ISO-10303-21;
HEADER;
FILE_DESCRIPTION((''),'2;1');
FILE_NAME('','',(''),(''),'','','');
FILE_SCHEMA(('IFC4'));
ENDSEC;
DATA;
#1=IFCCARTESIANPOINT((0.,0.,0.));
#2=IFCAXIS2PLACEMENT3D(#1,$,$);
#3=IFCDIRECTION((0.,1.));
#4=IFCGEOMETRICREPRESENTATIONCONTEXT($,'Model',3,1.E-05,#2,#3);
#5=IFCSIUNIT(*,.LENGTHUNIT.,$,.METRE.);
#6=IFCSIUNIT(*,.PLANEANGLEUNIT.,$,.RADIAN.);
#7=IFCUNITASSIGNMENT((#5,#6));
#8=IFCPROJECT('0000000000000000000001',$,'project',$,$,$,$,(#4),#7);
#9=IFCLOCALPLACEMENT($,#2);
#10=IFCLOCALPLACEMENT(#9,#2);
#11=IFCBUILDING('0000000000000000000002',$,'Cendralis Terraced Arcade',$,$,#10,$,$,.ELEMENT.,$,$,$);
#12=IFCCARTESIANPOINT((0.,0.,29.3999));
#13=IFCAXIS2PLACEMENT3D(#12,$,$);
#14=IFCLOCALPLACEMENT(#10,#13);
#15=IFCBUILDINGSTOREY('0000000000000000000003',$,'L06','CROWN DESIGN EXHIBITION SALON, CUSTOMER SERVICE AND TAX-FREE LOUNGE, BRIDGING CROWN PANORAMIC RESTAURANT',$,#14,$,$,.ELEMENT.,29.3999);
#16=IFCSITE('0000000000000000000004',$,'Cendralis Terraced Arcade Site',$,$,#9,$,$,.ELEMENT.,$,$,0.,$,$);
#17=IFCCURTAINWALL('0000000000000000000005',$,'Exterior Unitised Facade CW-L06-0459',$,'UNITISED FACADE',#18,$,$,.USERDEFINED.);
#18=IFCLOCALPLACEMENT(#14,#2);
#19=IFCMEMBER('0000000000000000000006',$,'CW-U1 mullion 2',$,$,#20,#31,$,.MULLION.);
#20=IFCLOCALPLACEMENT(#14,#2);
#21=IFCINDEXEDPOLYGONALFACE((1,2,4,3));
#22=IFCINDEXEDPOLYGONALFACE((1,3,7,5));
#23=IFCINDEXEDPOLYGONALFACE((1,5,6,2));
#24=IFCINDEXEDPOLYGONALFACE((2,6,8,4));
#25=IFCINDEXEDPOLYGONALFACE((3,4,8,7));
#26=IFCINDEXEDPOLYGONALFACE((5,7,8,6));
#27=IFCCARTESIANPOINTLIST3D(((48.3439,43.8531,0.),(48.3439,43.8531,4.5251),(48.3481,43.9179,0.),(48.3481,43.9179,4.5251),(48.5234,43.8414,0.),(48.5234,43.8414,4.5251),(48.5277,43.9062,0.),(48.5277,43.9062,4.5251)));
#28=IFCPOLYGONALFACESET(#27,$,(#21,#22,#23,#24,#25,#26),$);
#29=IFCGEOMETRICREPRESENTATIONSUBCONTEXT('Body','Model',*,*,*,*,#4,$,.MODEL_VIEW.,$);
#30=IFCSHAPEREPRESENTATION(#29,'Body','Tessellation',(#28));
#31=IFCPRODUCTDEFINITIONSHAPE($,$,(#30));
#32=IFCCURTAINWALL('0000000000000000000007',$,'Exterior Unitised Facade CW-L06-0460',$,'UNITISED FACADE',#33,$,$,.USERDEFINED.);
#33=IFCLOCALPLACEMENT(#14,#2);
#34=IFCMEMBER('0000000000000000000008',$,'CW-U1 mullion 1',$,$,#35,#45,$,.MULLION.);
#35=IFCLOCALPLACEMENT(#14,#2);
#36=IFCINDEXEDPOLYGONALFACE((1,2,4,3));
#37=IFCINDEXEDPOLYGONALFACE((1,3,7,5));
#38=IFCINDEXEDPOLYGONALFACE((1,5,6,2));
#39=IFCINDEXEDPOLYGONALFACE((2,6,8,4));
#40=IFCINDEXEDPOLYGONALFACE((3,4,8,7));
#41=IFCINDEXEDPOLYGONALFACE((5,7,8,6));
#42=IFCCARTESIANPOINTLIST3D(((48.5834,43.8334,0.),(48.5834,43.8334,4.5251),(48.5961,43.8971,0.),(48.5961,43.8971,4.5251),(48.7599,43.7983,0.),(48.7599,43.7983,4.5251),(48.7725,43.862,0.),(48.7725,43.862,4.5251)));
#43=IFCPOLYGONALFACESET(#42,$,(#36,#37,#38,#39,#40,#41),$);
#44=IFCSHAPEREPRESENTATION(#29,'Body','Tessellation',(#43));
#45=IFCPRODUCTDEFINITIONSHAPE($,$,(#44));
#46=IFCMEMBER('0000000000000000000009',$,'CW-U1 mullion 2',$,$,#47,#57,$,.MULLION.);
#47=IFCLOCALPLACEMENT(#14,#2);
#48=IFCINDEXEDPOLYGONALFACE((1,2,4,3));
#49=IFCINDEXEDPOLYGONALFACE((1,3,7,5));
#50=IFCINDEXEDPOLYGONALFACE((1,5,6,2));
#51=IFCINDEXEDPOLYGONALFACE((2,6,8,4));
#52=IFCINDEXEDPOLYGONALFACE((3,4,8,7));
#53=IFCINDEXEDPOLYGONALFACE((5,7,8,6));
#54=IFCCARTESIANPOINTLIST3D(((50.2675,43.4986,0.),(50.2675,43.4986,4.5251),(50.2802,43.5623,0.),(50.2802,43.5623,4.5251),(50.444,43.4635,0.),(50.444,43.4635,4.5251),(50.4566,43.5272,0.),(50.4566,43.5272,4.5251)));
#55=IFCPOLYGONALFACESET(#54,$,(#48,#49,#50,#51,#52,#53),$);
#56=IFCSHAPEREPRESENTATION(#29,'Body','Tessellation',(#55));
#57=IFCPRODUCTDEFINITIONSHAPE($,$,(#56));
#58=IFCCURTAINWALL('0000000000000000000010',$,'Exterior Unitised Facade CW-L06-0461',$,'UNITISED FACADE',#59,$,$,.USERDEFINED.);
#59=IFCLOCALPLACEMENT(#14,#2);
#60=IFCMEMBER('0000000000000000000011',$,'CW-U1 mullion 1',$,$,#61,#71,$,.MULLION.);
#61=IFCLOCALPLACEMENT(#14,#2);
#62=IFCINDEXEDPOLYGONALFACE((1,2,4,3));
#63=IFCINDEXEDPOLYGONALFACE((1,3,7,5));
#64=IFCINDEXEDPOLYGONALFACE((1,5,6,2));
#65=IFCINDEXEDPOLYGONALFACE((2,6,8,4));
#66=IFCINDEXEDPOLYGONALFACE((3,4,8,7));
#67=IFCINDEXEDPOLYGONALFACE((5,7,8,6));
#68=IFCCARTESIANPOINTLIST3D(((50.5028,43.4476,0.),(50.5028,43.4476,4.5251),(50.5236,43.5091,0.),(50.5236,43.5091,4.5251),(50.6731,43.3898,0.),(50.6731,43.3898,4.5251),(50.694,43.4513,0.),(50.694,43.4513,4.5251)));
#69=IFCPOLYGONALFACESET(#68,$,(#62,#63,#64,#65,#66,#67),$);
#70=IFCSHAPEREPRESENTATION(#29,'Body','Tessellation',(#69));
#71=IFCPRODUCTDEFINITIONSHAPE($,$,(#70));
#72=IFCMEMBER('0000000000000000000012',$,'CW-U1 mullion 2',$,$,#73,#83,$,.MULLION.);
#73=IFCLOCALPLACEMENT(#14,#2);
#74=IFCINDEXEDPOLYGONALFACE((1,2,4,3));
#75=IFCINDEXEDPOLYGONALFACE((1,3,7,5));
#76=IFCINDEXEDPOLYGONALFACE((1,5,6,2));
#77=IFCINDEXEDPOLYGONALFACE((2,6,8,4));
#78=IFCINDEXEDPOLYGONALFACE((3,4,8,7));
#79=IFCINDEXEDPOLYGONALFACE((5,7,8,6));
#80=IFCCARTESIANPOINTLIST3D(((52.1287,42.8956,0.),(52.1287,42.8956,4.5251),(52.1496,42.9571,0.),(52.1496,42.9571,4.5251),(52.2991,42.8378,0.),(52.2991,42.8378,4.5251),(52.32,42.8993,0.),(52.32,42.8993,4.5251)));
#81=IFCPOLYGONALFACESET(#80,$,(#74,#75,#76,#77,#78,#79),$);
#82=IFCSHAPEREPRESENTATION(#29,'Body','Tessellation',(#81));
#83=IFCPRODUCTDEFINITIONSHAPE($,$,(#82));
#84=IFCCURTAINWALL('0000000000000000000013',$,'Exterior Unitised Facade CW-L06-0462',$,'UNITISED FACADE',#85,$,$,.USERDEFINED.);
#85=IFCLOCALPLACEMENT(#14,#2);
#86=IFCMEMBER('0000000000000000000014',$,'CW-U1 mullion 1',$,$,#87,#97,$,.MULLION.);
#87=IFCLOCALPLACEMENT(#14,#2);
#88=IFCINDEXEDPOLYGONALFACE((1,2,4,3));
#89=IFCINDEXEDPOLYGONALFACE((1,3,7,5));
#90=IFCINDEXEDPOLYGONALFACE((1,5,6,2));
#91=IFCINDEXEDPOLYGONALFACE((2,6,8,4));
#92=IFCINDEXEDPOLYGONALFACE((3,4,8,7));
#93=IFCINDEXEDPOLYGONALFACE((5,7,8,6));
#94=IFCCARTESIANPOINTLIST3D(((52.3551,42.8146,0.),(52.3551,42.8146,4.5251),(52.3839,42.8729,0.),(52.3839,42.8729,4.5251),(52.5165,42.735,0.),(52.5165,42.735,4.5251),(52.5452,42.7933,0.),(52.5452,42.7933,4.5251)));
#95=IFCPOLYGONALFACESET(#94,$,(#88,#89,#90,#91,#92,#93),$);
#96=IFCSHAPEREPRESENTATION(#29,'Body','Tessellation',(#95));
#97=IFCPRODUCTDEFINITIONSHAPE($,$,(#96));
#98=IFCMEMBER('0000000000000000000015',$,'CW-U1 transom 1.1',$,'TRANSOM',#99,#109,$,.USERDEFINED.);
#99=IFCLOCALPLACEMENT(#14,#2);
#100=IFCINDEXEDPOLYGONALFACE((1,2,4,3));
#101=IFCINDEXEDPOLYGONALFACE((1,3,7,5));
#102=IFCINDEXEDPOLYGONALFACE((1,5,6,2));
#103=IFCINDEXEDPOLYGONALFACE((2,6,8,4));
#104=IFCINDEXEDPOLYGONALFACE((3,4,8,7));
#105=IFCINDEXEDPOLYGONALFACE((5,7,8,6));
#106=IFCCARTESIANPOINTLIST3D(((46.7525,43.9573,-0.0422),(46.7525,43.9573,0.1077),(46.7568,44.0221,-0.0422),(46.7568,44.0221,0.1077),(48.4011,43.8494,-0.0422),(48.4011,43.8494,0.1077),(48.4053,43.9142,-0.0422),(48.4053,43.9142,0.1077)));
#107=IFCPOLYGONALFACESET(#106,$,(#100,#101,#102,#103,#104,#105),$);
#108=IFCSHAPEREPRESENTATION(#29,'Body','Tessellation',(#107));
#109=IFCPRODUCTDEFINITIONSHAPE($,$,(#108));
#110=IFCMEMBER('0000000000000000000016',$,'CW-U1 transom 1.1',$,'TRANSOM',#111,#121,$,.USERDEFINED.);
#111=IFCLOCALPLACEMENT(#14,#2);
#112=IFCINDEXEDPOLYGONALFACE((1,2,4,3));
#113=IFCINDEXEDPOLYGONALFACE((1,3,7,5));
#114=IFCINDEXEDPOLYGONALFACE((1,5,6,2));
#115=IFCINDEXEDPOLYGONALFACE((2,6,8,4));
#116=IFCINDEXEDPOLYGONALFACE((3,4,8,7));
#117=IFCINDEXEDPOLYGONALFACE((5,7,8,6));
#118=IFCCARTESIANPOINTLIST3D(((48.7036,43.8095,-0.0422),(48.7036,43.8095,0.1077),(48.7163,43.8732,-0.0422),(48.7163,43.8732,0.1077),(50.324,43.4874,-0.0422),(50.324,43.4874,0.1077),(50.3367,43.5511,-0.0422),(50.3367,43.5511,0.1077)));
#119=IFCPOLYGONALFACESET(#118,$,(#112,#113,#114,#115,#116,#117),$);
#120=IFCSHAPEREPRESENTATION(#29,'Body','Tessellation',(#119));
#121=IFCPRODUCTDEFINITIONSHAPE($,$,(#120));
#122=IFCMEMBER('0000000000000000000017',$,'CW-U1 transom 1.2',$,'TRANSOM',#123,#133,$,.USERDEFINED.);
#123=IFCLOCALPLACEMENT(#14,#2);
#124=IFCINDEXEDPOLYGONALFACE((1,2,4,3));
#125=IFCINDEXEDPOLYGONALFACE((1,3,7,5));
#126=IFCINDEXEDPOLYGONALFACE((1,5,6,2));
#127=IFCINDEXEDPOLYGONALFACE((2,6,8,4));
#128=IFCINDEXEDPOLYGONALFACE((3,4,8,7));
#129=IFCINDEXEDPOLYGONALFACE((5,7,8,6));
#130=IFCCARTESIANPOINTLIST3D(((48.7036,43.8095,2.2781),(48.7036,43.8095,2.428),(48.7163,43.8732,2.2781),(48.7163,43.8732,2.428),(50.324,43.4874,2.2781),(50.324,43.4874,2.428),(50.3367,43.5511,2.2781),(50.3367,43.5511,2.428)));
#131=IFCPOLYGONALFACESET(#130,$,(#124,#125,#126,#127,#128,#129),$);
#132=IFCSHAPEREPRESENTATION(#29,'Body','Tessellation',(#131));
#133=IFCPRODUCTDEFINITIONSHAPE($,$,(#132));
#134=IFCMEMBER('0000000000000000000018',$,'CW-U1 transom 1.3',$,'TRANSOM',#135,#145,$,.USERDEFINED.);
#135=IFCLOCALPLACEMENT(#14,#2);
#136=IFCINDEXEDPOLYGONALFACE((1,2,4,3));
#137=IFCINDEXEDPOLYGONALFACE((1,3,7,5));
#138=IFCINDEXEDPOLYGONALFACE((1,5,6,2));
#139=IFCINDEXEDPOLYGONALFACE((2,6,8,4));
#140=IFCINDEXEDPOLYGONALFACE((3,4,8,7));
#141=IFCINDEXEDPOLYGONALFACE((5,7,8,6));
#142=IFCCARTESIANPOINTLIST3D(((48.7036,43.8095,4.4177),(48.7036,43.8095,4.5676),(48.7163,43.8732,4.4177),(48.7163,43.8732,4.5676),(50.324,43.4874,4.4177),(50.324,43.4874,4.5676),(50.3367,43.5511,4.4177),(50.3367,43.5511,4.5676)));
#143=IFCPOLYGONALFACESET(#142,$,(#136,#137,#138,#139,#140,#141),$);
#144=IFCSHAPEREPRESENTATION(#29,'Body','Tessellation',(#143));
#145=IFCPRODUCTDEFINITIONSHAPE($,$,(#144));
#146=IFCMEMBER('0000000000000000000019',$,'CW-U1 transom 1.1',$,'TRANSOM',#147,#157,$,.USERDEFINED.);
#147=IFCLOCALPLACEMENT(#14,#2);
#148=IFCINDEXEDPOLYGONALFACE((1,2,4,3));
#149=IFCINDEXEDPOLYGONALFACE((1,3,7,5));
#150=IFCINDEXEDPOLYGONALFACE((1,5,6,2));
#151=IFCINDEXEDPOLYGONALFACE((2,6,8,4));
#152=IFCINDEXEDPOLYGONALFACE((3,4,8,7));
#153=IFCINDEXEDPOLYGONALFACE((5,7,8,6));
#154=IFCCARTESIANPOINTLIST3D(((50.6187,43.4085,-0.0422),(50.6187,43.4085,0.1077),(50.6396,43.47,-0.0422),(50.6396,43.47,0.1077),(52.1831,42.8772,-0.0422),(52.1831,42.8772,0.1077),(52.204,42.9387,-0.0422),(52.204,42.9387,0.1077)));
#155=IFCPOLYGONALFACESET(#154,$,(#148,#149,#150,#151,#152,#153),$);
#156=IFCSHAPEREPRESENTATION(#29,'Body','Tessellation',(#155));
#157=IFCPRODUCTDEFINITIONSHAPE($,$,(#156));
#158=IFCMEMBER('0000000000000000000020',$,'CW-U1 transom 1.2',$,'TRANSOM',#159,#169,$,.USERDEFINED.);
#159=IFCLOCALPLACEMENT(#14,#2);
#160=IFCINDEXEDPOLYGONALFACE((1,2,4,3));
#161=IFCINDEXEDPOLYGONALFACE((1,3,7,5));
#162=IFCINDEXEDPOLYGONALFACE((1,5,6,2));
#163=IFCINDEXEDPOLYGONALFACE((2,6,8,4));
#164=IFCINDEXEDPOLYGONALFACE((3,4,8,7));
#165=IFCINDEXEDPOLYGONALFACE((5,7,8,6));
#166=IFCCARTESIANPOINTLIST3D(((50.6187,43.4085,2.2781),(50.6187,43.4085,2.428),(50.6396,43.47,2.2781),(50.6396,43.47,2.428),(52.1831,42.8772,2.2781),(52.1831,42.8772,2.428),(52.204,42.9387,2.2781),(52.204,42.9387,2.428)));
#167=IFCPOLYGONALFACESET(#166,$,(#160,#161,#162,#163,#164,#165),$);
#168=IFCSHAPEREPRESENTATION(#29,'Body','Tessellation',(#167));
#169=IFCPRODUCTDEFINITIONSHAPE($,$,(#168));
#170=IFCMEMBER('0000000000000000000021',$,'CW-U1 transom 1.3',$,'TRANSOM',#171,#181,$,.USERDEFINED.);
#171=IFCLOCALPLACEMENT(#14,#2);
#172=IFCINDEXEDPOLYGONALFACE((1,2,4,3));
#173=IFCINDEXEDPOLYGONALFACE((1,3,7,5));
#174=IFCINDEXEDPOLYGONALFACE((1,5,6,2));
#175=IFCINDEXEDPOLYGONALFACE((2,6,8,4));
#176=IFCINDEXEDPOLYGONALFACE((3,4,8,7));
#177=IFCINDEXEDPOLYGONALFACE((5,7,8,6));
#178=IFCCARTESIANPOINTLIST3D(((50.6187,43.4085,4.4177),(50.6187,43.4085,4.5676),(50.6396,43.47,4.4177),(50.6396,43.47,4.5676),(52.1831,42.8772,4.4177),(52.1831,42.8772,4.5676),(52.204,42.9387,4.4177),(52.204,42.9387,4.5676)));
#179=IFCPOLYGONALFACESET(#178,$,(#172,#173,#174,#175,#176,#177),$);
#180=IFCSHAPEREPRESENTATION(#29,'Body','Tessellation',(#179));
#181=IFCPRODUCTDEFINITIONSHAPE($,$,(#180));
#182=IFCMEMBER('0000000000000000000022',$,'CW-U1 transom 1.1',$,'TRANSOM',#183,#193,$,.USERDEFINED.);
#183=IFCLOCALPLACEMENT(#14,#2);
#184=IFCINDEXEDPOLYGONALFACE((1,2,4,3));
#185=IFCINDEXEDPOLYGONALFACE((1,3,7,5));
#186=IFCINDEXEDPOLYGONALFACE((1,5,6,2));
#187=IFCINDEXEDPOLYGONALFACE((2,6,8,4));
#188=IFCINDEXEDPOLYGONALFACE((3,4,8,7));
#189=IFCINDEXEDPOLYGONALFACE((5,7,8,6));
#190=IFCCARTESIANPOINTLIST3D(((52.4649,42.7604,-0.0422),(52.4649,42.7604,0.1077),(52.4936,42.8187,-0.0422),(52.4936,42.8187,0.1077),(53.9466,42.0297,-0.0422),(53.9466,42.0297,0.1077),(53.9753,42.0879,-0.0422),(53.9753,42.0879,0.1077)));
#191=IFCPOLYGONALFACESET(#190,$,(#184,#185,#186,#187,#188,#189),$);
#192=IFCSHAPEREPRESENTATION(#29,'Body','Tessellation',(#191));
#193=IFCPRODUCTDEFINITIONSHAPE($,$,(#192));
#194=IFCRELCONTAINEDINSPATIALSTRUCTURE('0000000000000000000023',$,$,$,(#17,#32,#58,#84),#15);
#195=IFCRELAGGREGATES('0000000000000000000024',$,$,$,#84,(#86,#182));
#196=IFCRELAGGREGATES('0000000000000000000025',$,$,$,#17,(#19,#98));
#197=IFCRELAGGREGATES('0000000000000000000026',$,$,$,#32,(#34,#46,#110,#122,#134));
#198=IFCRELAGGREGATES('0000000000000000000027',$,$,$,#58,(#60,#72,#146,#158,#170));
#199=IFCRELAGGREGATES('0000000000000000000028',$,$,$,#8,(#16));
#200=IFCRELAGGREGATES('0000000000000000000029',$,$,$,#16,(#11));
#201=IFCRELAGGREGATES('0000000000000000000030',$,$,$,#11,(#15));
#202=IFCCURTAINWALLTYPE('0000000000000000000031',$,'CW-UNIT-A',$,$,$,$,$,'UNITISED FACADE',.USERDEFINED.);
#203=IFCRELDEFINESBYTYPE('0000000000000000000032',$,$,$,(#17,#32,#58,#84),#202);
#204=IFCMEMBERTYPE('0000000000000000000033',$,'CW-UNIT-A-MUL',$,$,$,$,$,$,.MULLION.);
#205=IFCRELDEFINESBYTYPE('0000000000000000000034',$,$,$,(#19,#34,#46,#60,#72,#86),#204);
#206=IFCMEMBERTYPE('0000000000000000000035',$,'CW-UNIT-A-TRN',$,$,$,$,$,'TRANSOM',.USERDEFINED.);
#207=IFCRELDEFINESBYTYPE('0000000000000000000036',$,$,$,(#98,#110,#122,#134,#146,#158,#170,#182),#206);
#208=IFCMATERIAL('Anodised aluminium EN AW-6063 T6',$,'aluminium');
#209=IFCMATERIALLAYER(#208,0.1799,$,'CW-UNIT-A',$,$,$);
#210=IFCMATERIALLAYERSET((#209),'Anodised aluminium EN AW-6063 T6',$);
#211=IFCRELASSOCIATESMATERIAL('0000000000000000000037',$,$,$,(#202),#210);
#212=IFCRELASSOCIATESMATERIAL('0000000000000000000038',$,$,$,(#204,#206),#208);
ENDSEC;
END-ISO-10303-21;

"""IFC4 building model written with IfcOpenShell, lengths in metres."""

from ifc_helpers import new_model, si_unit, direction, frame, origin, origin_2d, place, context, subcontext, project, spatial, rectangle, extrude, material, layer, layer_set, material_profile, profile_set, type_object, element, aggregate, save


model = new_model("IFC4")

# Units and contexts
model_context = context("Model", 3, precision=1e-05, world=origin(), true_north=direction((0.0, 1.0)))
body_context = subcontext(model_context, "Body", "Model", "MODEL_VIEW")
ifc_project = project(units=[si_unit("LENGTHUNIT", "METRE"), si_unit("PLANEANGLEUNIT", "RADIAN")], contexts=[model_context])

# Site, building, storey
site_placement = place(None, origin())
site = spatial("IfcSite", under=ifc_project, at=site_placement, Name="Cendralis Terraced Arcade Site", CompositionType="ELEMENT", RefElevation=0.0)
building_placement = place(site_placement, origin())
building = spatial("IfcBuilding", under=site, at=building_placement, Name="Cendralis Terraced Arcade", CompositionType="ELEMENT")
storey_placement = place(building_placement, frame((0.0, 0.0, 29.3999)))
storey = spatial("IfcBuildingStorey", under=building, at=storey_placement, Name="L06", Description="CROWN DESIGN EXHIBITION SALON, CUSTOMER SERVICE AND TAX-FREE LOUNGE, BRIDGING CROWN PANORAMIC RESTAURANT", CompositionType="ELEMENT", Elevation=29.3999)

# Curtain wall, member
ifc_material_1 = material(Name="Anodised aluminium EN AW-6063 T6", Category="aluminium")
ifc_layer_1 = layer(ifc_material_1, 0.1799, Name="CW-UNIT-A")
ifc_layer_set_1 = layer_set([ifc_layer_1], Name="Anodised aluminium EN AW-6063 T6")
curtain_wall_type = type_object("IfcCurtainWallType", Name="CW-UNIT-A", ElementType="UNITISED FACADE", PredefinedType="USERDEFINED", material=ifc_layer_set_1)
curtain_wall_1_placement = place(storey_placement, origin())
curtain_wall_1 = element("IfcCurtainWall", 1, at=curtain_wall_1_placement, inside=storey, type_object=curtain_wall_type, Name="Exterior Unitised Facade CW-L06-0459", ObjectType="UNITISED FACADE", PredefinedType="USERDEFINED")
ifc_material_profile_1 = material_profile(ifc_material_1, rectangle(XDim=0.0649, YDim=0.1799, at=origin_2d()), Name="ALU-MUL-65x180")
ifc_profile_set_1 = profile_set([ifc_material_profile_1], Name="Anodised aluminium EN AW-6063 T6")
member_type_1 = type_object("IfcMemberType", Name="CW-UNIT-A-MUL", PredefinedType="MULLION", material=ifc_profile_set_1)
member_1_placement = place(storey_placement, frame((48.4358, 43.8796, 0.0), z_axis=(0.0, 0.0, 1.0), x_axis=(0.065372, 0.997861, 0.0)))
member_1 = element("IfcMember", 2, at=member_1_placement, type_object=member_type_1, Name="CW-U1 mullion 2", PredefinedType="MULLION", context=body_context, shape_type="SweptSolid", body=[
    extrude(rectangle(XDim=0.0649, YDim=0.1799, at=origin_2d()), origin(), (0.0, 0.0, 1.0), 4.5251),
])

# Curtain walls, members
curtain_wall_2_placement = place(storey_placement, origin())
curtain_wall_2 = element("IfcCurtainWall", 3, at=curtain_wall_2_placement, inside=storey, type_object=curtain_wall_type, Name="Exterior Unitised Facade CW-L06-0460", ObjectType="UNITISED FACADE", PredefinedType="USERDEFINED")
member_2_placement = place(storey_placement, frame((48.678, 43.8477, 0.0), z_axis=(0.0, 0.0, 1.0), x_axis=(0.195058, 0.980792, 0.0)))
member_2 = element("IfcMember", 4, at=member_2_placement, type_object=member_type_1, Name="CW-U1 mullion 1", PredefinedType="MULLION", context=body_context, shape_type="SweptSolid", body=[
    extrude(rectangle(XDim=0.0649, YDim=0.1799, at=origin_2d()), origin(), (0.0, 0.0, 1.0), 4.5251),
])
member_3_placement = place(storey_placement, frame((50.3621, 43.5129, 0.0), z_axis=(0.0, 0.0, 1.0), x_axis=(0.195058, 0.980792, 0.0)))
member_3 = element("IfcMember", 5, at=member_3_placement, type_object=member_type_1, Name="CW-U1 mullion 2", PredefinedType="MULLION", context=body_context, shape_type="SweptSolid", body=[
    extrude(rectangle(XDim=0.0649, YDim=0.1799, at=origin_2d()), origin(), (0.0, 0.0, 1.0), 4.5251),
])
curtain_wall_3_placement = place(storey_placement, origin())
curtain_wall_3 = element("IfcCurtainWall", 6, at=curtain_wall_3_placement, inside=storey, type_object=curtain_wall_type, Name="Exterior Unitised Facade CW-L06-0461", ObjectType="UNITISED FACADE", PredefinedType="USERDEFINED")
member_4_placement = place(storey_placement, frame((50.5984, 43.4495, 0.0), z_axis=(0.0, 0.0, 1.0), x_axis=(0.321458, 0.946924, 0.0)))
member_4 = element("IfcMember", 7, at=member_4_placement, type_object=member_type_1, Name="CW-U1 mullion 1", PredefinedType="MULLION", context=body_context, shape_type="SweptSolid", body=[
    extrude(rectangle(XDim=0.0649, YDim=0.1799, at=origin_2d()), origin(), (0.0, 0.0, 1.0), 4.5251),
])
member_5_placement = place(storey_placement, frame((52.2244, 42.8975, 0.0), z_axis=(0.0, 0.0, 1.0), x_axis=(0.321458, 0.946924, 0.0)))
member_5 = element("IfcMember", 8, at=member_5_placement, type_object=member_type_1, Name="CW-U1 mullion 2", PredefinedType="MULLION", context=body_context, shape_type="SweptSolid", body=[
    extrude(rectangle(XDim=0.0649, YDim=0.1799, at=origin_2d()), origin(), (0.0, 0.0, 1.0), 4.5251),
])

# Curtain wall, member
curtain_wall_4_placement = place(storey_placement, origin())
curtain_wall_4 = element("IfcCurtainWall", 9, at=curtain_wall_4_placement, inside=storey, type_object=curtain_wall_type, Name="Exterior Unitised Facade CW-L06-0462", ObjectType="UNITISED FACADE", PredefinedType="USERDEFINED")
member_6_placement = place(storey_placement, frame((52.4502, 42.804, 0.0), z_axis=(0.0, 0.0, 1.0), x_axis=(0.442291, 0.896871, 0.0)))
member_6 = element("IfcMember", 10, at=member_6_placement, type_object=member_type_1, Name="CW-U1 mullion 1", PredefinedType="MULLION", context=body_context, shape_type="SweptSolid", body=[
    extrude(rectangle(XDim=0.0649, YDim=0.1799, at=origin_2d()), origin(), (0.0, 0.0, 1.0), 4.5251),
])

# Members
ifc_material_profile_2 = material_profile(ifc_material_1, rectangle(XDim=0.0649, YDim=0.1499, at=origin_2d()), Name="ALU-TRN-65x150")
ifc_profile_set_2 = profile_set([ifc_material_profile_2], Name="Anodised aluminium EN AW-6063 T6")
member_type_2 = type_object("IfcMemberType", Name="CW-UNIT-A-TRN", ElementType="TRANSOM", PredefinedType="USERDEFINED", material=ifc_profile_set_2)
member_7_placement = place(storey_placement, frame((46.7546, 43.9897, 0.0327), z_axis=(0.997865, -0.065313, 0.0), x_axis=(0.065313, 0.997865, 0.0)))
member_7 = element("IfcMember", 11, at=member_7_placement, type_object=member_type_2, Name="CW-U1 transom 1.1", ObjectType="TRANSOM", PredefinedType="USERDEFINED", context=body_context, shape_type="SweptSolid", body=[
    extrude(rectangle(XDim=0.0649, YDim=0.1499, at=origin_2d()), origin(), (0.0, 0.0, 1.0), 1.6521),
])
member_8_placement = place(storey_placement, frame((48.71, 43.8413, 0.0327), z_axis=(0.980819, -0.194922, 0.0), x_axis=(0.194922, 0.980819, 0.0)))
member_8 = element("IfcMember", 12, at=member_8_placement, type_object=member_type_2, Name="CW-U1 transom 1.1", ObjectType="TRANSOM", PredefinedType="USERDEFINED", context=body_context, shape_type="SweptSolid", body=[
    extrude(rectangle(XDim=0.0649, YDim=0.1499, at=origin_2d()), origin(), (0.0, 0.0, 1.0), 1.6521),
])
member_9_placement = place(storey_placement, frame((48.71, 43.8413, 2.353), z_axis=(0.980819, -0.194922, 0.0), x_axis=(0.194922, 0.980819, 0.0)))
member_9 = element("IfcMember", 13, at=member_9_placement, type_object=member_type_2, Name="CW-U1 transom 1.2", ObjectType="TRANSOM", PredefinedType="USERDEFINED", context=body_context, shape_type="SweptSolid", body=[
    extrude(rectangle(XDim=0.0649, YDim=0.1499, at=origin_2d()), origin(), (0.0, 0.0, 1.0), 1.6521),
])
member_10_placement = place(storey_placement, frame((48.71, 43.8413, 4.4927), z_axis=(0.980819, -0.194922, 0.0), x_axis=(0.194922, 0.980819, 0.0)))
member_10 = element("IfcMember", 14, at=member_10_placement, type_object=member_type_2, Name="CW-U1 transom 1.3", ObjectType="TRANSOM", PredefinedType="USERDEFINED", context=body_context, shape_type="SweptSolid", body=[
    extrude(rectangle(XDim=0.0649, YDim=0.1499, at=origin_2d()), origin(), (0.0, 0.0, 1.0), 1.6521),
])
member_11_placement = place(storey_placement, frame((50.6292, 43.4392, 0.0327), z_axis=(0.946895, -0.321542, 0.0), x_axis=(0.321542, 0.946895, 0.0)))
member_11 = element("IfcMember", 15, at=member_11_placement, type_object=member_type_2, Name="CW-U1 transom 1.1", ObjectType="TRANSOM", PredefinedType="USERDEFINED", context=body_context, shape_type="SweptSolid", body=[
    extrude(rectangle(XDim=0.0649, YDim=0.1499, at=origin_2d()), origin(), (0.0, 0.0, 1.0), 1.6521),
])
member_12_placement = place(storey_placement, frame((50.6292, 43.4392, 2.353), z_axis=(0.946895, -0.321542, 0.0), x_axis=(0.321542, 0.946895, 0.0)))
member_12 = element("IfcMember", 16, at=member_12_placement, type_object=member_type_2, Name="CW-U1 transom 1.2", ObjectType="TRANSOM", PredefinedType="USERDEFINED", context=body_context, shape_type="SweptSolid", body=[
    extrude(rectangle(XDim=0.0649, YDim=0.1499, at=origin_2d()), origin(), (0.0, 0.0, 1.0), 1.6521),
])
member_13_placement = place(storey_placement, frame((50.6292, 43.4392, 4.4927), z_axis=(0.946895, -0.321542, 0.0), x_axis=(0.321542, 0.946895, 0.0)))
member_13 = element("IfcMember", 17, at=member_13_placement, type_object=member_type_2, Name="CW-U1 transom 1.3", ObjectType="TRANSOM", PredefinedType="USERDEFINED", context=body_context, shape_type="SweptSolid", body=[
    extrude(rectangle(XDim=0.0649, YDim=0.1499, at=origin_2d()), origin(), (0.0, 0.0, 1.0), 1.6521),
])
member_14_placement = place(storey_placement, frame((52.4792, 42.7896, 0.0327), z_axis=(0.896867, -0.442301, 0.0), x_axis=(0.442301, 0.896867, 0.0)))
member_14 = element("IfcMember", 18, at=member_14_placement, type_object=member_type_2, Name="CW-U1 transom 1.1", ObjectType="TRANSOM", PredefinedType="USERDEFINED", context=body_context, shape_type="SweptSolid", body=[
    extrude(rectangle(XDim=0.0649, YDim=0.1499, at=origin_2d()), origin(), (0.0, 0.0, 1.0), 1.6521),
])
aggregate(curtain_wall_4, [member_6, member_14])

aggregate(curtain_wall_1, [member_1, member_7])
aggregate(curtain_wall_2, [member_2, member_3, member_8, member_9, member_10])
aggregate(curtain_wall_3, [member_4, member_5, member_11, member_12, member_13])

save(model, "model.ifc")
